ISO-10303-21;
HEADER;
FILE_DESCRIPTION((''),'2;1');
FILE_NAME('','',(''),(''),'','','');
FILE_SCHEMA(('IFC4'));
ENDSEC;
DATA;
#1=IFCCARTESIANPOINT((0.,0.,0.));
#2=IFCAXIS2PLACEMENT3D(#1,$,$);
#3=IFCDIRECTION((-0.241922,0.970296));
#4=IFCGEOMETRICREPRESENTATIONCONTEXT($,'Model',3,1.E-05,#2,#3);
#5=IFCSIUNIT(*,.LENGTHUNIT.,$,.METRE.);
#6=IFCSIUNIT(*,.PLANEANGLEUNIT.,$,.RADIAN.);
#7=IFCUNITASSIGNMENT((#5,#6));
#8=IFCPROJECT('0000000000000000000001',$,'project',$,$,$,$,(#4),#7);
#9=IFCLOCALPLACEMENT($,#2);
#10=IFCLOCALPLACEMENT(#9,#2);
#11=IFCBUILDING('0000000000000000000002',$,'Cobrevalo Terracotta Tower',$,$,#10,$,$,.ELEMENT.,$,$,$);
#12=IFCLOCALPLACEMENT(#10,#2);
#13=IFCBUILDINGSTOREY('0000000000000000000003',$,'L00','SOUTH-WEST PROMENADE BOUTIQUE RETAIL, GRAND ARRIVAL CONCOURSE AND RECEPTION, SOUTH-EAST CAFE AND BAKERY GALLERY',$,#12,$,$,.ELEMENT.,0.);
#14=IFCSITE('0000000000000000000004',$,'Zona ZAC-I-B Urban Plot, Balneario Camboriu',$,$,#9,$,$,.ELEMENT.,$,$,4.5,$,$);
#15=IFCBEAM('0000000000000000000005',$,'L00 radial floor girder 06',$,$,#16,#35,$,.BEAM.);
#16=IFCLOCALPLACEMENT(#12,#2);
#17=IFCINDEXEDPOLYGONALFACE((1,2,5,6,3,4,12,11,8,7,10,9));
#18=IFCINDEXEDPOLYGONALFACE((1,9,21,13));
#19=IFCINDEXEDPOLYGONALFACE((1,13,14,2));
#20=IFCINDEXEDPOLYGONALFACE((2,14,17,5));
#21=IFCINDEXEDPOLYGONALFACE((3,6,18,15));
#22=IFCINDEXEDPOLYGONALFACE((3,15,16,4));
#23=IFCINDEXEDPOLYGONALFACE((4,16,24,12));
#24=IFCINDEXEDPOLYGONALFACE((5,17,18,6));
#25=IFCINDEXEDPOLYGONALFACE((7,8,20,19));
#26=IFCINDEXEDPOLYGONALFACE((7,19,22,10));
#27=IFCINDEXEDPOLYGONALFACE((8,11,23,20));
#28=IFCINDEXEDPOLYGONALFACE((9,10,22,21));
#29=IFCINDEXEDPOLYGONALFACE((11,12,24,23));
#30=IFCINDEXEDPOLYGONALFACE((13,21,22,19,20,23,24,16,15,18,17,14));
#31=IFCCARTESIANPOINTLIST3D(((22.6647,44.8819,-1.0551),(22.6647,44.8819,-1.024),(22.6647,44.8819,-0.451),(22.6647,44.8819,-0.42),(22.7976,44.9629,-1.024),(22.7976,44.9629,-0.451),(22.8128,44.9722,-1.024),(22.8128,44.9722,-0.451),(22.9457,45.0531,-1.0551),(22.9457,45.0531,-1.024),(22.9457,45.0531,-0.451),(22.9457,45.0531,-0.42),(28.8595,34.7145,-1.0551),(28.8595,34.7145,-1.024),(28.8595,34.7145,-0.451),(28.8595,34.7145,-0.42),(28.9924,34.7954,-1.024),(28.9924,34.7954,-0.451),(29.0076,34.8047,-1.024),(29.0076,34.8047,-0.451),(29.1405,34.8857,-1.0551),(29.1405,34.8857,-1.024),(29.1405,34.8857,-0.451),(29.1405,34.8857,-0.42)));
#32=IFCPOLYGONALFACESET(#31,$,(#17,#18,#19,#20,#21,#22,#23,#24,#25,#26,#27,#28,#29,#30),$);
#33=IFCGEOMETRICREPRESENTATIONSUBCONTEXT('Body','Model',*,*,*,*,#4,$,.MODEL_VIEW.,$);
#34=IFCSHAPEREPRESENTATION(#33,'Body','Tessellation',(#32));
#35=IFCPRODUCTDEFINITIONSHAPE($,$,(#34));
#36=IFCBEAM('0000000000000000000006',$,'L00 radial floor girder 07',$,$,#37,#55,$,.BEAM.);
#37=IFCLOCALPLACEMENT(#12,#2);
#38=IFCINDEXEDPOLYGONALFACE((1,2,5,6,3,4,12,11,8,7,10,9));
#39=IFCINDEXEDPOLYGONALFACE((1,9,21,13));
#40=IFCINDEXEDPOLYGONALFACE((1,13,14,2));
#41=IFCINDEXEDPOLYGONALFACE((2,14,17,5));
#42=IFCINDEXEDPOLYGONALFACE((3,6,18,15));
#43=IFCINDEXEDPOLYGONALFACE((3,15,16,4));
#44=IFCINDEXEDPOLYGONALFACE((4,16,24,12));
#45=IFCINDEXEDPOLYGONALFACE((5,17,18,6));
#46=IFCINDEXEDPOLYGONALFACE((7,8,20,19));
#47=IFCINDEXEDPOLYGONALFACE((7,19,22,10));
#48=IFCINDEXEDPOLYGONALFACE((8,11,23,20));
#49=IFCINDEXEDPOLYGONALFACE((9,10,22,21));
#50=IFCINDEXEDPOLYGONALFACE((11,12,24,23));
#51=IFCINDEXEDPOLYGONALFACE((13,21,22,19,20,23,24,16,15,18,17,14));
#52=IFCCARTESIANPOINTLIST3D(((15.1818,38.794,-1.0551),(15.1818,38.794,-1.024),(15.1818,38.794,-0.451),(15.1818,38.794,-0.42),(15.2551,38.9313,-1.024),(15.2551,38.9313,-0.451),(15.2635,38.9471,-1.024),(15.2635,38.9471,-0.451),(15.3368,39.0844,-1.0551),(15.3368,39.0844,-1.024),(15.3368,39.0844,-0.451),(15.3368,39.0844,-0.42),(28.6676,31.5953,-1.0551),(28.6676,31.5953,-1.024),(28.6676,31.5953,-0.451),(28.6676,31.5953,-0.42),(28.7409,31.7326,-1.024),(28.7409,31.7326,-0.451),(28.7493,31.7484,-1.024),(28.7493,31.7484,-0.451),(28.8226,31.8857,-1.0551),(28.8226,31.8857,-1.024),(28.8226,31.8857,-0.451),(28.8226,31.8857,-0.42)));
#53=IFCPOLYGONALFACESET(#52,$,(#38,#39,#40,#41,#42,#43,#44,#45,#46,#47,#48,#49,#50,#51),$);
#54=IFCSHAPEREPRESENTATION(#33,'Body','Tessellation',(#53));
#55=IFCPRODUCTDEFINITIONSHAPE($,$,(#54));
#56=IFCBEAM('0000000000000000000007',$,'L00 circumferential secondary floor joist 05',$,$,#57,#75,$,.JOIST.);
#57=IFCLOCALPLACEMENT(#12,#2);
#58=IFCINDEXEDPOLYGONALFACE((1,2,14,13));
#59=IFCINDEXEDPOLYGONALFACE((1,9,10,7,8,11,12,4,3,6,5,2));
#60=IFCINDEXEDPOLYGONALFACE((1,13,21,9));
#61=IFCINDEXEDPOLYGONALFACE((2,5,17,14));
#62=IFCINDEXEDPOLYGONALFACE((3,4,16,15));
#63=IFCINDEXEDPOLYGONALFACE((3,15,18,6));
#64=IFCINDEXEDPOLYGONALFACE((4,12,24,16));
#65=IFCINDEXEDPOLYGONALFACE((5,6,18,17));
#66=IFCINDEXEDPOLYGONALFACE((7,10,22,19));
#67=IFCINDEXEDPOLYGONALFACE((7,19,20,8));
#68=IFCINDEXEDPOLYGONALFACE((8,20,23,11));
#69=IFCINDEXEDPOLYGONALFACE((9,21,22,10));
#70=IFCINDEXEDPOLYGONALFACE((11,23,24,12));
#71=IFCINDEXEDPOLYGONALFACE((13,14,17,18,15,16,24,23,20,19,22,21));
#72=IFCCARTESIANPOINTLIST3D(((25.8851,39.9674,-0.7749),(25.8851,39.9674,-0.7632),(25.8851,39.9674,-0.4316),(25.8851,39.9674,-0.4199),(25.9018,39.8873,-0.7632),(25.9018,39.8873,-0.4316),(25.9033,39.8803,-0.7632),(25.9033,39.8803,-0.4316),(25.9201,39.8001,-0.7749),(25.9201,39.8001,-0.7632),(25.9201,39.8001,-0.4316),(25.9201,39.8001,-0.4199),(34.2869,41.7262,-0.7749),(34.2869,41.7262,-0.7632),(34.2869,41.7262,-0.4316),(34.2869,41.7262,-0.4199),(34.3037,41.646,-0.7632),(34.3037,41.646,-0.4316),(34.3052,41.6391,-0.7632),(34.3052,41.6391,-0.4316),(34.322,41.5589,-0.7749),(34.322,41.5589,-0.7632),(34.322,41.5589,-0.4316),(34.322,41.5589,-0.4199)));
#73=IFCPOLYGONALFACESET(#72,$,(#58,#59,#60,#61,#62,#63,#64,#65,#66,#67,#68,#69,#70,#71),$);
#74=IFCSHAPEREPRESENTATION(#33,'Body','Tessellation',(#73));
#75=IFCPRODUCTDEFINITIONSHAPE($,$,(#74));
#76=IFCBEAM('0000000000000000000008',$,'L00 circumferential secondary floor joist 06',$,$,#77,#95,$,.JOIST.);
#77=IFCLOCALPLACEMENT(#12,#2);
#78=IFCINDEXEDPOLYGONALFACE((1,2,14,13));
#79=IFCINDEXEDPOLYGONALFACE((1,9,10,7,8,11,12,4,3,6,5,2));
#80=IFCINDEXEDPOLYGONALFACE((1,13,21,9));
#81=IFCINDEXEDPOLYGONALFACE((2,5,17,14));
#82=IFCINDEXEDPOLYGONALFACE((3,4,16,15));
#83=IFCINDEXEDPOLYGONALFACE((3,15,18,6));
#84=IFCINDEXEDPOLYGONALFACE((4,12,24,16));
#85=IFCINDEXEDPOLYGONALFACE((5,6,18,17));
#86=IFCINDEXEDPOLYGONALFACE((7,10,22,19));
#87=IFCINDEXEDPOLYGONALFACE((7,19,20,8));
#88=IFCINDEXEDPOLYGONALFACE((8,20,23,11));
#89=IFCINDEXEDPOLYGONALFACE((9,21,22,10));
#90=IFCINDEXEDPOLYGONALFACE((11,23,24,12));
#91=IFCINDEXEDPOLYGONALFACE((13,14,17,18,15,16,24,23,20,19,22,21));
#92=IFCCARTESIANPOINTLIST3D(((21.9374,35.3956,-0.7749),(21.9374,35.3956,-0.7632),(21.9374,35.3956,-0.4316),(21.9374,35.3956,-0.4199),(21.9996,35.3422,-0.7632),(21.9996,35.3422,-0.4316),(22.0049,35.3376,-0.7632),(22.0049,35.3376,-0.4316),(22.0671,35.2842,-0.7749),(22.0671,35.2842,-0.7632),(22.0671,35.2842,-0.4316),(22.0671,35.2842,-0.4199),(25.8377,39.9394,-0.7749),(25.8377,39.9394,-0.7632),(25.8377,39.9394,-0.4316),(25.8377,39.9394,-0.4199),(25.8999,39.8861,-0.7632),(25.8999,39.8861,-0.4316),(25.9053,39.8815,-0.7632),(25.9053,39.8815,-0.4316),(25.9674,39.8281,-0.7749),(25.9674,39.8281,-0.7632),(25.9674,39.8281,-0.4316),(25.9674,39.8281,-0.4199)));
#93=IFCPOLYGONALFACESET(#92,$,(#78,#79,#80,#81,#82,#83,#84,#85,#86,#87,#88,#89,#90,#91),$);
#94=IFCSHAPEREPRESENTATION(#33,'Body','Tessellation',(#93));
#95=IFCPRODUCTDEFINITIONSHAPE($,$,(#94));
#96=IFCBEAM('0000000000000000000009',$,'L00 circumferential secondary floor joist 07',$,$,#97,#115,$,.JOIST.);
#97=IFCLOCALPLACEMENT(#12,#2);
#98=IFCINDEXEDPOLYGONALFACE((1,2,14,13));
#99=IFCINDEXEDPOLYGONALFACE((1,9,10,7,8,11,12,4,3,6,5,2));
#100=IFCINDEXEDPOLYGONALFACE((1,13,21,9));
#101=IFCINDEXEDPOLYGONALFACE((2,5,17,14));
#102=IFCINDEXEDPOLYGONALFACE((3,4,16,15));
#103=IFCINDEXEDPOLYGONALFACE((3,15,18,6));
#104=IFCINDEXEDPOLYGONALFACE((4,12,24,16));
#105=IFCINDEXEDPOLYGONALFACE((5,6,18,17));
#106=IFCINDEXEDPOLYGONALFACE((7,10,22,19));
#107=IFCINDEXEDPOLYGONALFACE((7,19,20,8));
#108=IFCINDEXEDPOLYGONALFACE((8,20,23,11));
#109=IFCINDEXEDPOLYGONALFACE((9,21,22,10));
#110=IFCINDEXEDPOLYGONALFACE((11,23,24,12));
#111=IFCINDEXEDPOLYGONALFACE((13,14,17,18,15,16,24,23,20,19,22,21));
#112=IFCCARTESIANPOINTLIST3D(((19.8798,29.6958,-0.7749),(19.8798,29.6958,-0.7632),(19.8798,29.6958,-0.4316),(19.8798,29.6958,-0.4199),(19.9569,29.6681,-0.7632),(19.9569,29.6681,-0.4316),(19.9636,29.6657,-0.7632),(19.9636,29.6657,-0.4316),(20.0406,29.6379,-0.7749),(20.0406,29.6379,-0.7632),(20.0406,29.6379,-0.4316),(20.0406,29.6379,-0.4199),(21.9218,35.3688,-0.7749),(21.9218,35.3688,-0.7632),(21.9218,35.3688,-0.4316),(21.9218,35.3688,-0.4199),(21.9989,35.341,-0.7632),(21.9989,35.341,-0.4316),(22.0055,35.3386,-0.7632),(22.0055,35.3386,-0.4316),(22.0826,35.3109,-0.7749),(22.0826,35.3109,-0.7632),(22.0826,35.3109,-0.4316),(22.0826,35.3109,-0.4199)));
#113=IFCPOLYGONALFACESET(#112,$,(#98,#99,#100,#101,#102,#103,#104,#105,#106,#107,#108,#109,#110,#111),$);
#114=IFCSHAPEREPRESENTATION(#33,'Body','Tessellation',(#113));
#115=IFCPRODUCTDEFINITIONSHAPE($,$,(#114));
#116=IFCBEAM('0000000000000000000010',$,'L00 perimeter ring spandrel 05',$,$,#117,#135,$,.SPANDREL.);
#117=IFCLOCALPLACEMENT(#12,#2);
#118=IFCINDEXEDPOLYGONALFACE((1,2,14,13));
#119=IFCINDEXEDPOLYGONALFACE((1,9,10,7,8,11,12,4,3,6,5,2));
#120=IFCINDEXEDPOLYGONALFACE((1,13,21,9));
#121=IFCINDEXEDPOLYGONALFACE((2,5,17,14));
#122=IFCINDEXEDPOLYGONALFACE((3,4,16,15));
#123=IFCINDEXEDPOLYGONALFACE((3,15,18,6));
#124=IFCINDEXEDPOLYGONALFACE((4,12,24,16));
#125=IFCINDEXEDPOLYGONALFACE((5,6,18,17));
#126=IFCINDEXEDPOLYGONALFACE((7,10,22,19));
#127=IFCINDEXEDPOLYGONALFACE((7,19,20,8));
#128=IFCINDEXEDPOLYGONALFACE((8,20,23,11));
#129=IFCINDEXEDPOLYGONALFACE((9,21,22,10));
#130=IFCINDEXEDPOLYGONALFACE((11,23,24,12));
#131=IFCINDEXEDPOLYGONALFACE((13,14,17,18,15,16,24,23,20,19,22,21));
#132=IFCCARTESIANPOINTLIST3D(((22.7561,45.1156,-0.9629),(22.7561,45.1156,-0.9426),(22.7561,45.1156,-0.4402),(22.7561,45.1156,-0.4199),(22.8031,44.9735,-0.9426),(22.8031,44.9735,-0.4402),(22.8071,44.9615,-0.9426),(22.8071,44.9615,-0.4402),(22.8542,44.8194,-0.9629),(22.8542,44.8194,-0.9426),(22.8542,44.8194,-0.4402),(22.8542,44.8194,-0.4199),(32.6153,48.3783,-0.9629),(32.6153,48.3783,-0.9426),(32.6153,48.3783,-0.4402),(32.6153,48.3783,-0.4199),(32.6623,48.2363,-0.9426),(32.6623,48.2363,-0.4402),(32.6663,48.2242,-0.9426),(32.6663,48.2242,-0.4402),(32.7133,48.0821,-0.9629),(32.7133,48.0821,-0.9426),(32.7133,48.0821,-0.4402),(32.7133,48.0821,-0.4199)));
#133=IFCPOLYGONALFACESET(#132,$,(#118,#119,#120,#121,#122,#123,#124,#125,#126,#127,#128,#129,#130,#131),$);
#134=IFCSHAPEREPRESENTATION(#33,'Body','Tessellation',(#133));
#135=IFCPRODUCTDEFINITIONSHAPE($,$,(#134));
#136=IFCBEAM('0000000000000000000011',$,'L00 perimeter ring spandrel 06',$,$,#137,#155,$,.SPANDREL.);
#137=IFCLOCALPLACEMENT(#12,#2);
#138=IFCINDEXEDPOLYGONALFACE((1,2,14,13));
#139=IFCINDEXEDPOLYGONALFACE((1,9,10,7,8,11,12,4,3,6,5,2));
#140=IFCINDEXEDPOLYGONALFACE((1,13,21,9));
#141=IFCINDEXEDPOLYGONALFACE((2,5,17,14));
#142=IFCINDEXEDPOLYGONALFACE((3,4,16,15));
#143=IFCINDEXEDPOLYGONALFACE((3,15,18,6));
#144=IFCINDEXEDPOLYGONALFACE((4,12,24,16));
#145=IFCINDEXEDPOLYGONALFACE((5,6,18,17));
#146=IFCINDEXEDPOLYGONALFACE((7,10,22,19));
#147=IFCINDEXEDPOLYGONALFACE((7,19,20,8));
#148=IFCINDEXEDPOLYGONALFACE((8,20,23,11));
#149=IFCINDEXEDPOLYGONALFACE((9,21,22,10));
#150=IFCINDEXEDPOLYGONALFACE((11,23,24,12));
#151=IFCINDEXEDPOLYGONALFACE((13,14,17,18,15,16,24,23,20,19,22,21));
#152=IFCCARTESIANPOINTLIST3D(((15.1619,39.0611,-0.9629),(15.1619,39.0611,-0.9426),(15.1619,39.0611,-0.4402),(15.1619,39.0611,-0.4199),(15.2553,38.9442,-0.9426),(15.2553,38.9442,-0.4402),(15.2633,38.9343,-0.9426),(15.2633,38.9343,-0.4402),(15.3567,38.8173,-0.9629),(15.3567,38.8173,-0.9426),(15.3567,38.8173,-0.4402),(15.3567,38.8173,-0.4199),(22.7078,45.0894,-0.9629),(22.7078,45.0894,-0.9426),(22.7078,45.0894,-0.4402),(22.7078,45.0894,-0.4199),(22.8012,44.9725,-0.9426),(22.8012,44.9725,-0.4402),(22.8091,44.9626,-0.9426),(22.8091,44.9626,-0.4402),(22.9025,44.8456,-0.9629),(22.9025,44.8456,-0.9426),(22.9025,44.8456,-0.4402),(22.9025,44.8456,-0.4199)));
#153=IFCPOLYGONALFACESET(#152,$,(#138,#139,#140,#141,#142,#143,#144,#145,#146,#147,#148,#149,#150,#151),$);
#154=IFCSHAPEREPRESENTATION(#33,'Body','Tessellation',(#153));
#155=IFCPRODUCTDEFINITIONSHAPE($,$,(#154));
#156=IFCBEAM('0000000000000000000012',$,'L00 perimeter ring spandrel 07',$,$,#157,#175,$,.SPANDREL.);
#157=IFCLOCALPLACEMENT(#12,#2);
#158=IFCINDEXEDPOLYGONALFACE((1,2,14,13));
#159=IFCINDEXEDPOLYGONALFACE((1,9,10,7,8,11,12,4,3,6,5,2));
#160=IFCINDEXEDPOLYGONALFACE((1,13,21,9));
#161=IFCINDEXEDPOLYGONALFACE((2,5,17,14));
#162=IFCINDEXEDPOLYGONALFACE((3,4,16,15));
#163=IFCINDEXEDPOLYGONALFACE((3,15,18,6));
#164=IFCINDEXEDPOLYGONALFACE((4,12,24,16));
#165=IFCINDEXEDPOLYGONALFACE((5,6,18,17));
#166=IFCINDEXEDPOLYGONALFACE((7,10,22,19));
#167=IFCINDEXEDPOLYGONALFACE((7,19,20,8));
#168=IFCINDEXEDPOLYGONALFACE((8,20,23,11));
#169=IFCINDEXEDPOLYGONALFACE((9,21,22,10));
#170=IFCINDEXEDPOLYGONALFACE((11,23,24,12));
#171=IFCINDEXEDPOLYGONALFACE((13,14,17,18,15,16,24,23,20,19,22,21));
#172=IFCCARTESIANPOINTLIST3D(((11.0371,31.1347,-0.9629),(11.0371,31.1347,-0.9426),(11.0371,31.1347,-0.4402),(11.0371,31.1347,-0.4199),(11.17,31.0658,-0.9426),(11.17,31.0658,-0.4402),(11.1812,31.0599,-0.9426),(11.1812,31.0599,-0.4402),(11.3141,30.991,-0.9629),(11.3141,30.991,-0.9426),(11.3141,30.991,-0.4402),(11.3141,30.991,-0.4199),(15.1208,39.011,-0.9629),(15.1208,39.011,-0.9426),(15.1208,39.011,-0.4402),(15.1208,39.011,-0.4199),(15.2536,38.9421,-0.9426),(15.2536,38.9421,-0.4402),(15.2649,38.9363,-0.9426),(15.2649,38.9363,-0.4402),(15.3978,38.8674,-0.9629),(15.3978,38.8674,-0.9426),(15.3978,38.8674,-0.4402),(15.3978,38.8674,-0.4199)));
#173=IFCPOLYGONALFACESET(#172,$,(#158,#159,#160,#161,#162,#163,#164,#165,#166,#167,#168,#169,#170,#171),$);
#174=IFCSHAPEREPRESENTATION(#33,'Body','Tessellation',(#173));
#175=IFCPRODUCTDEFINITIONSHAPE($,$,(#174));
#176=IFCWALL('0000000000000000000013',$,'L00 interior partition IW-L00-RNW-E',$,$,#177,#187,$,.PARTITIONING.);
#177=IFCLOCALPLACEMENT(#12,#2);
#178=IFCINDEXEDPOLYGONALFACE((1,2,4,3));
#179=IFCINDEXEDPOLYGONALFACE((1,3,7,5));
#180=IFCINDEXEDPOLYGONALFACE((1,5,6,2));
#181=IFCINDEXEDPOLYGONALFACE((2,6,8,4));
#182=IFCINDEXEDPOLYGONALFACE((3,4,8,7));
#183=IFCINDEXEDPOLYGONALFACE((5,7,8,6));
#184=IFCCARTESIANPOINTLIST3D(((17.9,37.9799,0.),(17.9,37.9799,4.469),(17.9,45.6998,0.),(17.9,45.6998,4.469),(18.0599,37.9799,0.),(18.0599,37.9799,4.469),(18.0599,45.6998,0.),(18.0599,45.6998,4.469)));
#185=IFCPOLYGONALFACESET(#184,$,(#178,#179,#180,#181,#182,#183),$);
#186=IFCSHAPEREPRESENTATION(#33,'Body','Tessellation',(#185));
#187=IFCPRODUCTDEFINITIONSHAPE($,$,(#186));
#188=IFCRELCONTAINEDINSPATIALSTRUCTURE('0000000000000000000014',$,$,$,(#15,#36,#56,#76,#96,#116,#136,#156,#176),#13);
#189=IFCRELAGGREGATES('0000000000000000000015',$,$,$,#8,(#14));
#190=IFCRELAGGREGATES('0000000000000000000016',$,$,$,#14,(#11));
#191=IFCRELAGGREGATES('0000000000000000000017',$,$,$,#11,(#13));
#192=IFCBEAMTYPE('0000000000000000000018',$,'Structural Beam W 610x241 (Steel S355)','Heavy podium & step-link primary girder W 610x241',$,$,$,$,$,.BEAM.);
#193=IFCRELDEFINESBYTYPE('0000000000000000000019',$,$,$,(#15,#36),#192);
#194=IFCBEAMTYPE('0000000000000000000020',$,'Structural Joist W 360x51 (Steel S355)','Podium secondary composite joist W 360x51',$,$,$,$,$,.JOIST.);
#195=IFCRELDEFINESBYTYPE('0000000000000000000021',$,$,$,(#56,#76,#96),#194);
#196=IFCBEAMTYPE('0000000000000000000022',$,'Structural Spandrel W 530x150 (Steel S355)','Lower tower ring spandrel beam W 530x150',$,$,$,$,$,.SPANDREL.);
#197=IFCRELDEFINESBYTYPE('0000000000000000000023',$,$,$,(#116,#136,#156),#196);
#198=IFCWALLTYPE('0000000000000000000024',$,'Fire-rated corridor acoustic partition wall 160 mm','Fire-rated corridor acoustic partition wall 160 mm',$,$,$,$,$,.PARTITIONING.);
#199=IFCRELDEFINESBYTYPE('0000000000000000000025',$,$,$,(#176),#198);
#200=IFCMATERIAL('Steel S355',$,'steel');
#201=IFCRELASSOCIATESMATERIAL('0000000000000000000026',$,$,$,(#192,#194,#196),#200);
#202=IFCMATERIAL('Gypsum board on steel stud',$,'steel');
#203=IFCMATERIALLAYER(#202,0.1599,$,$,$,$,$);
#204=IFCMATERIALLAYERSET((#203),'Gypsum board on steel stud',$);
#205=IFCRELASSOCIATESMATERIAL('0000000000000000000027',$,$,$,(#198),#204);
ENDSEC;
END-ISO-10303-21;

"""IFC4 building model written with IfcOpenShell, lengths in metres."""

from ifc_helpers import new_model, si_unit, direction, frame, frame_2d, origin, origin_2d, place, context, subcontext, project, spatial, rectangle, i_section, extrude, material, layer, layer_set, material_profile, profile_set, type_object, element, save


model = new_model("IFC4")

# Units and contexts
model_context = context("Model", 3, precision=1e-05, world=origin(), true_north=direction((-0.241922, 0.970296)))
body_context = subcontext(model_context, "Body", "Model", "MODEL_VIEW")
ifc_project = project(units=[si_unit("LENGTHUNIT", "METRE"), si_unit("PLANEANGLEUNIT", "RADIAN")], contexts=[model_context])

# Site, building, storey
site_placement = place(None, origin())
site = spatial("IfcSite", under=ifc_project, at=site_placement, Name="Zona ZAC-I-B Urban Plot, Balneario Camboriu", CompositionType="ELEMENT", RefElevation=4.5)
building_placement = place(site_placement, origin())
building = spatial("IfcBuilding", under=site, at=building_placement, Name="Cobrevalo Terracotta Tower", CompositionType="ELEMENT")
storey_placement = place(building_placement, origin())
storey = spatial("IfcBuildingStorey", under=building, at=storey_placement, Name="L00", Description="SOUTH-WEST PROMENADE BOUTIQUE RETAIL, GRAND ARRIVAL CONCOURSE AND RECEPTION, SOUTH-EAST CAFE AND BAKERY GALLERY", CompositionType="ELEMENT", Elevation=0.0)

# Shared definitions
ifc_material_1 = material(Name="Steel S355", Category="steel")

# Beams
ifc_material_profile_1 = material_profile(ifc_material_1, i_section(OverallWidth=0.3291, OverallDepth=0.635, WebThickness=0.0178, FlangeThickness=0.031, at=origin_2d()), Name="W 610x241")
ifc_profile_set_1 = profile_set([ifc_material_profile_1], Name="Steel S355")
beam_type_1 = type_object("IfcBeamType", Name="Structural Beam W 610x241 (Steel S355)", Description="Heavy podium & step-link primary girder W 610x241", PredefinedType="BEAM", material=ifc_profile_set_1)
beam_1_placement = place(storey_placement, frame((22.8052, 44.9675, -0.7375), z_axis=(0.52031, -0.853978, 0.0), x_axis=(0.853978, 0.52031, 0.0)))
element("IfcBeam", 1, at=beam_1_placement, inside=storey, type_object=beam_type_1, Name="L00 radial floor girder 06", PredefinedType="BEAM", context=body_context, shape_type="SweptSolid", body=[
    extrude(i_section(OverallWidth=0.3291, OverallDepth=0.635, WebThickness=0.0178, FlangeThickness=0.031, at=origin_2d()), origin(), (0.0, 0.0, 1.0), 11.906),
])
beam_2_placement = place(storey_placement, frame((15.2593, 38.9392, -0.7375), z_axis=(0.882182, -0.470908, 0.0), x_axis=(0.470908, 0.882182, 0.0)))
element("IfcBeam", 2, at=beam_2_placement, inside=storey, type_object=beam_type_1, Name="L00 radial floor girder 07", PredefinedType="BEAM", context=body_context, shape_type="SweptSolid", body=[
    extrude(i_section(OverallWidth=0.3291, OverallDepth=0.635, WebThickness=0.0178, FlangeThickness=0.031, at=origin_2d()), origin(), (0.0, 0.0, 1.0), 15.2869),
])
ifc_material_profile_2 = material_profile(ifc_material_1, i_section(OverallWidth=0.1709, OverallDepth=0.355, WebThickness=0.0071, FlangeThickness=0.0117, at=origin_2d()), Name="W 360x51")
ifc_profile_set_2 = profile_set([ifc_material_profile_2], Name="Steel S355")
beam_type_2 = type_object("IfcBeamType", Name="Structural Joist W 360x51 (Steel S355)", Description="Podium secondary composite joist W 360x51", PredefinedType="JOIST", material=ifc_profile_set_2)
beam_3_placement = place(storey_placement, frame((34.3044, 41.6426, -0.5974), z_axis=(-0.978785, -0.204892, 0.0), x_axis=(0.204892, -0.978785, 0.0)))
element("IfcBeam", 3, at=beam_3_placement, inside=storey, type_object=beam_type_2, Name="L00 circumferential secondary floor joist 05", PredefinedType="JOIST", context=body_context, shape_type="SweptSolid", body=[
    extrude(i_section(OverallWidth=0.1709, OverallDepth=0.355, WebThickness=0.0071, FlangeThickness=0.0117, at=origin_2d()), origin(), (0.0, 0.0, 1.0), 8.584),
])
beam_4_placement = place(storey_placement, frame((25.9026, 39.8838, -0.5974), z_axis=(-0.651328, -0.758796, 0.0), x_axis=(0.758796, -0.651328, 0.0)))
element("IfcBeam", 4, at=beam_4_placement, inside=storey, type_object=beam_type_2, Name="L00 circumferential secondary floor joist 06", PredefinedType="JOIST", context=body_context, shape_type="SweptSolid", body=[
    extrude(i_section(OverallWidth=0.1709, OverallDepth=0.355, WebThickness=0.0071, FlangeThickness=0.0117, at=origin_2d()), origin(), (0.0, 0.0, 1.0), 5.9883),
])
beam_5_placement = place(storey_placement, frame((22.0022, 35.3398, -0.5974), z_axis=(-0.338672, -0.940904, 0.0), x_axis=(0.940904, -0.338672, 0.0)))
element("IfcBeam", 5, at=beam_5_placement, inside=storey, type_object=beam_type_2, Name="L00 circumferential secondary floor joist 07", PredefinedType="JOIST", context=body_context, shape_type="SweptSolid", body=[
    extrude(i_section(OverallWidth=0.1709, OverallDepth=0.355, WebThickness=0.0071, FlangeThickness=0.0117, at=origin_2d()), origin(), (0.0, 0.0, 1.0), 6.0293),
])
ifc_material_profile_3 = material_profile(ifc_material_1, i_section(OverallWidth=0.312, OverallDepth=0.543, WebThickness=0.0127, FlangeThickness=0.0203, at=origin_2d()), Name="W 530x150")
ifc_profile_set_3 = profile_set([ifc_material_profile_3], Name="Steel S355")
beam_type_3 = type_object("IfcBeamType", Name="Structural Spandrel W 530x150 (Steel S355)", Description="Lower tower ring spandrel beam W 530x150", PredefinedType="SPANDREL", material=ifc_profile_set_3)
beam_6_placement = place(storey_placement, frame((32.6643, 48.2302, -0.6914), z_axis=(-0.949365, -0.314175, 0.0), x_axis=(0.314175, -0.949365, 0.0)))
element("IfcBeam", 6, at=beam_6_placement, inside=storey, type_object=beam_type_3, Name="L00 perimeter ring spandrel 05", PredefinedType="SPANDREL", context=body_context, shape_type="SweptSolid", body=[
    extrude(i_section(OverallWidth=0.312, OverallDepth=0.543, WebThickness=0.0127, FlangeThickness=0.0203, at=origin_2d()), origin(), (0.0, 0.0, 1.0), 10.385),
])
beam_7_placement = place(storey_placement, frame((22.8052, 44.9675, -0.6914), z_axis=(-0.781293, -0.624165, 0.0), x_axis=(0.624165, -0.781293, 0.0)))
element("IfcBeam", 7, at=beam_7_placement, inside=storey, type_object=beam_type_3, Name="L00 perimeter ring spandrel 06", PredefinedType="SPANDREL", context=body_context, shape_type="SweptSolid", body=[
    extrude(i_section(OverallWidth=0.312, OverallDepth=0.543, WebThickness=0.0127, FlangeThickness=0.0203, at=origin_2d()), origin(), (0.0, 0.0, 1.0), 9.6582),
])
beam_8_placement = place(storey_placement, frame((15.2593, 38.9392, -0.6914), z_axis=(-0.460286, -0.887771, 0.0), x_axis=(0.887771, -0.460286, 0.0)))
element("IfcBeam", 8, at=beam_8_placement, inside=storey, type_object=beam_type_3, Name="L00 perimeter ring spandrel 07", PredefinedType="SPANDREL", context=body_context, shape_type="SweptSolid", body=[
    extrude(i_section(OverallWidth=0.312, OverallDepth=0.543, WebThickness=0.0127, FlangeThickness=0.0203, at=origin_2d()), origin(), (0.0, 0.0, 1.0), 8.8721),
])

# Wall
ifc_material_2 = material(Name="Gypsum board on steel stud", Category="steel")
ifc_layer_1 = layer(ifc_material_2, 0.1599)
ifc_layer_set_1 = layer_set([ifc_layer_1], Name="Gypsum board on steel stud")
wall_type_1 = type_object("IfcWallType", Name="Fire-rated corridor acoustic partition wall 160 mm", Description="Fire-rated corridor acoustic partition wall 160 mm", PredefinedType="PARTITIONING", material=ifc_layer_set_1)
wall_1_placement = place(storey_placement, frame((17.98, 37.98, 0.0), z_axis=(0.0, 0.0, 1.0), x_axis=(0.0, 1.0, 0.0)))
element("IfcWall", 9, at=wall_1_placement, inside=storey, type_object=wall_type_1, Name="L00 interior partition IW-L00-RNW-E", PredefinedType="PARTITIONING", context=body_context, shape_type="SweptSolid", body=[
    extrude(rectangle(XDim=7.72, YDim=0.1599, at=frame_2d((3.8599, 0.0))), origin(), (0.0, 0.0, 1.0), 4.469),
])

save(model, "model.ifc")
